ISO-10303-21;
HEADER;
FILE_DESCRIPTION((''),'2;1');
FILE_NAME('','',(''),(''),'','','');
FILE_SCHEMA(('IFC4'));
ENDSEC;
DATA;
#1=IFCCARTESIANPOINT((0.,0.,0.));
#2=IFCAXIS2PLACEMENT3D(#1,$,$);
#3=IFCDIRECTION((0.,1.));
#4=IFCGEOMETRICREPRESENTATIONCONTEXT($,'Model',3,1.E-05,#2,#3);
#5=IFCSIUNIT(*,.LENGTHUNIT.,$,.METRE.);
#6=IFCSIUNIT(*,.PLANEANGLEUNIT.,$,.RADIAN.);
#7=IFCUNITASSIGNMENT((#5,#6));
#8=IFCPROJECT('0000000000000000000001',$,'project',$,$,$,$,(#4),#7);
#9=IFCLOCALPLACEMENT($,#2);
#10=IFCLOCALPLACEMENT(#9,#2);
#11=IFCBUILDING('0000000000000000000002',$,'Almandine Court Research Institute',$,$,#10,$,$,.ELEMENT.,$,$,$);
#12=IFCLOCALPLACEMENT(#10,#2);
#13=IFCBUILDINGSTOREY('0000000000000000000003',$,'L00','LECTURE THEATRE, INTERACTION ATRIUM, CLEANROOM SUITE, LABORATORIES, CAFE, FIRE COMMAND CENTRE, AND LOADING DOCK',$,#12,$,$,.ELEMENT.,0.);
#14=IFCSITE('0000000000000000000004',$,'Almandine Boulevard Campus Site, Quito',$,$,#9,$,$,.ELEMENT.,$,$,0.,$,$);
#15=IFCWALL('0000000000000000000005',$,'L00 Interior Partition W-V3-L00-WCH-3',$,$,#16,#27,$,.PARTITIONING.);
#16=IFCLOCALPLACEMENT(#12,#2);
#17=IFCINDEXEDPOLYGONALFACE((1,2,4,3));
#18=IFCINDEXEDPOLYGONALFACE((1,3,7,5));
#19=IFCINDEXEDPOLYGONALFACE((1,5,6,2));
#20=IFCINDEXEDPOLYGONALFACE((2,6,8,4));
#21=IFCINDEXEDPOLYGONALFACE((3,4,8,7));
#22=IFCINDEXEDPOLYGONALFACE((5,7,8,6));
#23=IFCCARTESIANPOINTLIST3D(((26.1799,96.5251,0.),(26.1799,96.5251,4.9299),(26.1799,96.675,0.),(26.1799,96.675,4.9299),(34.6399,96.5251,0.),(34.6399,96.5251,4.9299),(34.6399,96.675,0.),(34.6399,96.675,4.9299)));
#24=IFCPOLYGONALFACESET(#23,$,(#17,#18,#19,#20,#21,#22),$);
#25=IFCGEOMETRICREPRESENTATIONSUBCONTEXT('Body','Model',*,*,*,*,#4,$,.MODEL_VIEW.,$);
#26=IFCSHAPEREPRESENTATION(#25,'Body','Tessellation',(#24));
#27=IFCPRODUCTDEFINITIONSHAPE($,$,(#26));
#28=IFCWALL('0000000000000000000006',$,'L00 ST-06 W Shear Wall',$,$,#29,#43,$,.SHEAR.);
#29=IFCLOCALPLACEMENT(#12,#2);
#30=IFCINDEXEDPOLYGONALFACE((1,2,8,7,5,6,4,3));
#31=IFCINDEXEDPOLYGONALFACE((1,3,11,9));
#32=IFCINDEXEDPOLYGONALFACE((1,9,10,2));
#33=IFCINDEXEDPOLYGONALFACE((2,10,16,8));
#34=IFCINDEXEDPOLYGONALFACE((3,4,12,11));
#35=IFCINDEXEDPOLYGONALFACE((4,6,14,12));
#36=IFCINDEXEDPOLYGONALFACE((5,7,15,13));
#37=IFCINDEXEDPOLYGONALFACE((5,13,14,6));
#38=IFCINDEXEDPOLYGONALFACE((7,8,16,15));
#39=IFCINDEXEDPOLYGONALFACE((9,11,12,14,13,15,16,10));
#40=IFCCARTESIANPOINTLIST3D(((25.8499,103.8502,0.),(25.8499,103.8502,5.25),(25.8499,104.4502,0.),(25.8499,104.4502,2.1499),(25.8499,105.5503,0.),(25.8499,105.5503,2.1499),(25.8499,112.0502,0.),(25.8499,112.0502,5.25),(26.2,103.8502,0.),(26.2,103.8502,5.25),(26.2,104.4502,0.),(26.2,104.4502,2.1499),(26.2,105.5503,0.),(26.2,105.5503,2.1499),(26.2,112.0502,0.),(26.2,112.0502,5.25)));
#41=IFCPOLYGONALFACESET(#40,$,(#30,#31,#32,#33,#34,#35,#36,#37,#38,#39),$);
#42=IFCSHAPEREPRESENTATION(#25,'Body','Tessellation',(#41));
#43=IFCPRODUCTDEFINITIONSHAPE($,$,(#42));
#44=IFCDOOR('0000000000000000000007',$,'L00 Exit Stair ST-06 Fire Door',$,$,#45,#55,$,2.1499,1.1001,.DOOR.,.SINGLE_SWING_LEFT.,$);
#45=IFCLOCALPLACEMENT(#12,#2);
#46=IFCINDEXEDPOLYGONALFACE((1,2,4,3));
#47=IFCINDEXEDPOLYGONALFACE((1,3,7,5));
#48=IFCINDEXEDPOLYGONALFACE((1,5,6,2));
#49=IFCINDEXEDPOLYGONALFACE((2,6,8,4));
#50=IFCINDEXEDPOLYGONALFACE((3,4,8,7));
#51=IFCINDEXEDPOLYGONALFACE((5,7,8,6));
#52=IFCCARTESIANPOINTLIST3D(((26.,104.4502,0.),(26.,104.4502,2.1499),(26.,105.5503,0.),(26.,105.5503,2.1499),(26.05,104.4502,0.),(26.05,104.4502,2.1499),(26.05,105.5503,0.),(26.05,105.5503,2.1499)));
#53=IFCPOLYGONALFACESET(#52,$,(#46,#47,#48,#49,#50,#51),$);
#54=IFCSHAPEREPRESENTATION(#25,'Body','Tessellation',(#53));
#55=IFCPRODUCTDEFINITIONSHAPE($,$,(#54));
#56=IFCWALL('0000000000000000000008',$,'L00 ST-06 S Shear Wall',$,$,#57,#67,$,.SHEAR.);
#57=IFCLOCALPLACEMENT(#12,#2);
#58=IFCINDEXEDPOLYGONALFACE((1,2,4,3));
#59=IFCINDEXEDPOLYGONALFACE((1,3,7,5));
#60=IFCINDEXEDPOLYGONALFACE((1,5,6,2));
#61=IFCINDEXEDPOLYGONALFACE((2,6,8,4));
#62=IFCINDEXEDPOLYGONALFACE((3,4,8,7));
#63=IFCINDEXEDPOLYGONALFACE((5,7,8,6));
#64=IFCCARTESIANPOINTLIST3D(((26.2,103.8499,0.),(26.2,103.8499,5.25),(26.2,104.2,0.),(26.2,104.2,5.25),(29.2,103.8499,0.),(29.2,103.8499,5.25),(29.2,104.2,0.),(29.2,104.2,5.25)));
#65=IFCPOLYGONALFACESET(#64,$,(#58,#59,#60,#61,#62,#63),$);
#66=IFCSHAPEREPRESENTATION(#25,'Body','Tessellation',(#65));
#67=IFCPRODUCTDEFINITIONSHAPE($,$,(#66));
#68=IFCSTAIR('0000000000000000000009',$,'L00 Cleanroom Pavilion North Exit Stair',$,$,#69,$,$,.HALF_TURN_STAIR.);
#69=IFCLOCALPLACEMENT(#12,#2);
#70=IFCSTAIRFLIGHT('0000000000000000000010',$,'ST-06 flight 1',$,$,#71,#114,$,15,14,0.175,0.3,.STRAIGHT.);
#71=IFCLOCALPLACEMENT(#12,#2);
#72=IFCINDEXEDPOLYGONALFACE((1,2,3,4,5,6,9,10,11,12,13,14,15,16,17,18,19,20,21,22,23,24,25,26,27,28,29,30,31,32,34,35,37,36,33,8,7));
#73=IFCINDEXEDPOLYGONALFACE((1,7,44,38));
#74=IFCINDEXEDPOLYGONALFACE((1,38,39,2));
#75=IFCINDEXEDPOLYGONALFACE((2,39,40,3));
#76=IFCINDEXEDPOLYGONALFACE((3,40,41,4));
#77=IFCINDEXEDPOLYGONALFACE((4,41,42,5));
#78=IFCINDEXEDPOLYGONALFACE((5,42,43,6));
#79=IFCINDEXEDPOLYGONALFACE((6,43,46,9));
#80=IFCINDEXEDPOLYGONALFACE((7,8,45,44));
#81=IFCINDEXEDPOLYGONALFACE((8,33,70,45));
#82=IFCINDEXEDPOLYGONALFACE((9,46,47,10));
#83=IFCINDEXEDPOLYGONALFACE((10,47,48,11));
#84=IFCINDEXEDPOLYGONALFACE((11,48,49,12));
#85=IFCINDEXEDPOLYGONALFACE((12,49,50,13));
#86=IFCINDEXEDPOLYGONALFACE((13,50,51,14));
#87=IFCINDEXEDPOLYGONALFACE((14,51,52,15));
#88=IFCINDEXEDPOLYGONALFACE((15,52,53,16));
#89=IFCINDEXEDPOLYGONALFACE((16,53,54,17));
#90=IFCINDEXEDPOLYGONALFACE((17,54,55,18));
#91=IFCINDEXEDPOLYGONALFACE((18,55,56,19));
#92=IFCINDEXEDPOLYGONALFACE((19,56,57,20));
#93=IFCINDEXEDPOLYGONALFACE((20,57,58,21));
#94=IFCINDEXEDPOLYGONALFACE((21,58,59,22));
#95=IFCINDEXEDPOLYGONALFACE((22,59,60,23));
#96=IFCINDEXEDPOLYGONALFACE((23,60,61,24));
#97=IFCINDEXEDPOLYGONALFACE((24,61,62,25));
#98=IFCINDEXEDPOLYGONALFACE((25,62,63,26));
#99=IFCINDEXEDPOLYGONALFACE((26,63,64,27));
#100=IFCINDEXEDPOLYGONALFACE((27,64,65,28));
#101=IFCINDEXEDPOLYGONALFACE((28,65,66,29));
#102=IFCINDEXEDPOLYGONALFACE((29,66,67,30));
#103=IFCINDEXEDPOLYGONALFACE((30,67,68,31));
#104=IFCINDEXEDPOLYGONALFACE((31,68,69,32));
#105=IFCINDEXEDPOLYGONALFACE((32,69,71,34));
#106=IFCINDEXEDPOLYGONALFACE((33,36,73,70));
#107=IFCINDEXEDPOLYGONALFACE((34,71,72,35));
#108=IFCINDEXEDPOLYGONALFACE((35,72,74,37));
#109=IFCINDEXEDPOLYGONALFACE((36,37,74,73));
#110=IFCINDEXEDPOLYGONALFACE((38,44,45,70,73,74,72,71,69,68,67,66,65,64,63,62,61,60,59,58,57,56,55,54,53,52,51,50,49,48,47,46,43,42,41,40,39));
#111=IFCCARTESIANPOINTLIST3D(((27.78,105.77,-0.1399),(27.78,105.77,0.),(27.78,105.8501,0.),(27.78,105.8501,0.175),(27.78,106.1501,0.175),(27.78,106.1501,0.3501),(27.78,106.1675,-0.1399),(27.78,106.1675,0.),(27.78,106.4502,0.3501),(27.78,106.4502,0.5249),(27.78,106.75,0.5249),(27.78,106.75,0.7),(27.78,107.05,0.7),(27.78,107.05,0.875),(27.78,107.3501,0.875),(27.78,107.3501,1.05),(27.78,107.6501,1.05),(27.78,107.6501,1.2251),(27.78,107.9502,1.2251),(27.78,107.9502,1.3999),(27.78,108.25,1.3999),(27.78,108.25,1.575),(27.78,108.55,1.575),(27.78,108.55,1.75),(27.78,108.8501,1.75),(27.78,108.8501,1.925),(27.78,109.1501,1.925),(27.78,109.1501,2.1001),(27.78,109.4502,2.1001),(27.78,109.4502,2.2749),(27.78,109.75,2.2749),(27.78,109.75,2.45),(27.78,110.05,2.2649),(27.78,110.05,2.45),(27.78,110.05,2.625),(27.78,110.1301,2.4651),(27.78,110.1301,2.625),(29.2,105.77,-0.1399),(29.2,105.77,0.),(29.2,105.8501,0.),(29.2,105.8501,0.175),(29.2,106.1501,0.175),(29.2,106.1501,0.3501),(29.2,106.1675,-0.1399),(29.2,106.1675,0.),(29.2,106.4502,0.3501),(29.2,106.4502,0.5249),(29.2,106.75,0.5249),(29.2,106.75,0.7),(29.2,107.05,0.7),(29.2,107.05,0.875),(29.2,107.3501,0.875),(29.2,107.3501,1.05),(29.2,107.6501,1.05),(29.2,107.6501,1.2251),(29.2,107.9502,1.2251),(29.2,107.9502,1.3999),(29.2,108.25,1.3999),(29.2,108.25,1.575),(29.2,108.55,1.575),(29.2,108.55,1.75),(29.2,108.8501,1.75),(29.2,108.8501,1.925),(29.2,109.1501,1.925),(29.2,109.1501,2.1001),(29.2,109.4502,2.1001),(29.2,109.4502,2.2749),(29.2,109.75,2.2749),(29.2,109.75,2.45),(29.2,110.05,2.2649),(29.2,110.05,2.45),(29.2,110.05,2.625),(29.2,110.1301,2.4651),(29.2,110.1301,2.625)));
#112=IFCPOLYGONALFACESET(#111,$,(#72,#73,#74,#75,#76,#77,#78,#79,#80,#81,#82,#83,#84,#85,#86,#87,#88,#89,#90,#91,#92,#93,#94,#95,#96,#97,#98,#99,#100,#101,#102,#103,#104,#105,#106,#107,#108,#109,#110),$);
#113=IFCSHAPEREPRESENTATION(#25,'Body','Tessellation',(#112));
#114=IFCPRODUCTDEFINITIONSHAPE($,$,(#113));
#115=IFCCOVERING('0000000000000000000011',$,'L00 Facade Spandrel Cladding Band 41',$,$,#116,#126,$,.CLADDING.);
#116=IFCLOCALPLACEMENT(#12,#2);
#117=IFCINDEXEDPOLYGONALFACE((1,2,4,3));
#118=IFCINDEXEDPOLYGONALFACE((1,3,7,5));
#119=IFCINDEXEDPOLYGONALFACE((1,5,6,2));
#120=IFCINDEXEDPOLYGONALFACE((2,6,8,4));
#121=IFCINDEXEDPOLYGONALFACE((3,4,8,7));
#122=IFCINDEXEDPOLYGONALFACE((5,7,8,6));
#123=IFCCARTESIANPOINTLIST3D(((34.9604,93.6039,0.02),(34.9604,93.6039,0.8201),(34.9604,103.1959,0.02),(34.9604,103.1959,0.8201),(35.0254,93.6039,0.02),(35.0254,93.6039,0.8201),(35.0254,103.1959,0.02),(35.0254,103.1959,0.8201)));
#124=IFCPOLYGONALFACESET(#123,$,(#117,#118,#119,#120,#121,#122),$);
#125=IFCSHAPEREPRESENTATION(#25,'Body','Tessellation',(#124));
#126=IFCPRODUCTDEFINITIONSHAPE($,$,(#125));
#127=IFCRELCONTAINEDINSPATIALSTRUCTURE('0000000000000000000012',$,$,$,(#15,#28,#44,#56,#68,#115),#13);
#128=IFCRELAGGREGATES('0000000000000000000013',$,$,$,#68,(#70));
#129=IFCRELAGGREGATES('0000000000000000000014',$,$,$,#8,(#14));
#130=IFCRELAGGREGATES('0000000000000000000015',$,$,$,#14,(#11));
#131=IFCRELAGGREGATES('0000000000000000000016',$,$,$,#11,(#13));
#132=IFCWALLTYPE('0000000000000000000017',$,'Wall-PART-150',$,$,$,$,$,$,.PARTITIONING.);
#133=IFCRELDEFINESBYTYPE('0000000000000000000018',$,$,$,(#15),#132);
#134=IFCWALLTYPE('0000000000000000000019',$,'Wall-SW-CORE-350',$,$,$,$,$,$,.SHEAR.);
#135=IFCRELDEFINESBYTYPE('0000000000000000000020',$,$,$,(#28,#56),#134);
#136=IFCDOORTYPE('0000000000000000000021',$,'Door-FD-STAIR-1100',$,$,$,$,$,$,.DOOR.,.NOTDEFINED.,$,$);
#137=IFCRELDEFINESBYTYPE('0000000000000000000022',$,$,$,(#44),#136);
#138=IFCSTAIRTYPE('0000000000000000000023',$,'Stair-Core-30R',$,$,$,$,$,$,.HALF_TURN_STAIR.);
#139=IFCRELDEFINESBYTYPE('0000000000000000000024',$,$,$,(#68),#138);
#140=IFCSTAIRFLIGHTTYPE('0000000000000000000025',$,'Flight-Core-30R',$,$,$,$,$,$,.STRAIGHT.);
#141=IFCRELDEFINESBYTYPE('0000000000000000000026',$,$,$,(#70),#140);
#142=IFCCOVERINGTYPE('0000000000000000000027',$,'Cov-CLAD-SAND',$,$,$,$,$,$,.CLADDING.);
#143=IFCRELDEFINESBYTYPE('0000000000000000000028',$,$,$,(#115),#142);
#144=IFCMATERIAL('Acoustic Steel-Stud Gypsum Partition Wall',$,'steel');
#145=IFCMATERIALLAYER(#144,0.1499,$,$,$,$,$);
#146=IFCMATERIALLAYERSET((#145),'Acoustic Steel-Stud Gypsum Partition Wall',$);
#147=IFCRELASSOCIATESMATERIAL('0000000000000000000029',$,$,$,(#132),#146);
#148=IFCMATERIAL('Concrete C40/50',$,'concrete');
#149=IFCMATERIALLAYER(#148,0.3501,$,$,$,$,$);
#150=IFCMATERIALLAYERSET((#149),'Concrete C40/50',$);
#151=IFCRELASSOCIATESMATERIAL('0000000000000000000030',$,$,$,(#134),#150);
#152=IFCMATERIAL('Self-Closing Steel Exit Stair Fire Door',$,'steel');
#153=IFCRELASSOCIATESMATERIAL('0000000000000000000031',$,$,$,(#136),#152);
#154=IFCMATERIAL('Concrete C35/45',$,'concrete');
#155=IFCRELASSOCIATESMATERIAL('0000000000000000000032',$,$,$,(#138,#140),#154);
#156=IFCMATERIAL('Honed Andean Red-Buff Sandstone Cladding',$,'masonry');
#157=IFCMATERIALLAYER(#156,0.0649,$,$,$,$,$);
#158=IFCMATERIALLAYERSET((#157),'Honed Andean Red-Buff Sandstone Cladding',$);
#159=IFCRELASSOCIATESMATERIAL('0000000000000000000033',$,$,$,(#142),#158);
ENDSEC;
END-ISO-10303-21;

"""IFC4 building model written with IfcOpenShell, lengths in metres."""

from ifc_helpers import new_model, si_unit, direction, frame, frame_2d, origin, origin_2d, place, context, subcontext, project, spatial, polyline, rectangle, outline, extrude, material, layer, layer_set, type_object, element, fill, aggregate, save


model = new_model("IFC4")

# Units and contexts
model_context = context("Model", 3, precision=1e-05, world=origin(), true_north=direction((0.0, 1.0)))
body_context = subcontext(model_context, "Body", "Model", "MODEL_VIEW")
ifc_project = project(units=[si_unit("LENGTHUNIT", "METRE"), si_unit("PLANEANGLEUNIT", "RADIAN")], contexts=[model_context])

# Site, building, storey
site_placement = place(None, origin())
site = spatial("IfcSite", under=ifc_project, at=site_placement, Name="Almandine Boulevard Campus Site, Quito", CompositionType="ELEMENT", RefElevation=0.0)
building_placement = place(site_placement, origin())
building = spatial("IfcBuilding", under=site, at=building_placement, Name="Almandine Court Research Institute", CompositionType="ELEMENT")
storey_placement = place(building_placement, origin())
storey = spatial("IfcBuildingStorey", under=building, at=storey_placement, Name="L00", Description="LECTURE THEATRE, INTERACTION ATRIUM, CLEANROOM SUITE, LABORATORIES, CAFE, FIRE COMMAND CENTRE, AND LOADING DOCK", CompositionType="ELEMENT", Elevation=0.0)

# Wall
ifc_material_1 = material(Name="Acoustic Steel-Stud Gypsum Partition Wall", Category="steel")
ifc_layer_1 = layer(ifc_material_1, 0.1499)
ifc_layer_set_1 = layer_set([ifc_layer_1], Name="Acoustic Steel-Stud Gypsum Partition Wall")
wall_type_1 = type_object("IfcWallType", Name="Wall-PART-150", PredefinedType="PARTITIONING", material=ifc_layer_set_1)
for number, where, z_axis, x_axis, name in (
    (1, (26.1799, 96.6001, 0.0), (0.0, 0.0, 1.0), (1.0, 0.0, 0.0), "L00 Interior Partition W-V3-L00-WCH-3"),
):
    element("IfcWall", number, at=place(storey_placement, frame(where, z_axis=z_axis, x_axis=x_axis)), inside=storey, type_object=wall_type_1, Name=name, PredefinedType="PARTITIONING", context=body_context, shape_type="SweptSolid", body=[
        extrude(rectangle(XDim=8.46, YDim=0.1499, at=frame_2d((4.23, 0.0))), origin(), (0.0, 0.0, 1.0), 4.9299),
    ])

# Wall, opening, door
ifc_material_2 = material(Name="Concrete C40/50", Category="concrete")
ifc_layer_2 = layer(ifc_material_2, 0.3501)
ifc_layer_set_2 = layer_set([ifc_layer_2], Name="Concrete C40/50")
wall_type_2 = type_object("IfcWallType", Name="Wall-SW-CORE-350", PredefinedType="SHEAR", material=ifc_layer_set_2)
wall_1_placement = place(storey_placement, frame((26.0249, 103.8501, 0.0), z_axis=(0.0, 0.0, 1.0), x_axis=(0.0, 1.0, 0.0)))
wall_1 = element("IfcWall", 2, at=wall_1_placement, inside=storey, type_object=wall_type_2, Name="L00 ST-06 W Shear Wall", PredefinedType="SHEAR", context=body_context, shape_type="SweptSolid", body=[
    extrude(rectangle(XDim=8.2, YDim=0.3501, at=frame_2d((4.1001, 0.0))), origin(), (0.0, 0.0, 1.0), 5.25),
])
opening_1_placement = place(wall_1_placement, frame((0.6001, 0.0, 0.0)))
opening_1 = element("IfcOpeningElement", 3, at=opening_1_placement, cuts=wall_1, PredefinedType="OPENING", context=body_context, shape_type="SweptSolid", body=[
    extrude(rectangle(XDim=1.1001, YDim=2.1499, at=frame_2d((0.55, 1.075))), frame((0.0, 0.1851, 0.0), z_axis=(0.0, -1.0, 0.0), x_axis=(1.0, 0.0, 0.0)), (0.0, 0.0, 1.0), 0.3701),
])
ifc_material_3 = material(Name="Self-Closing Steel Exit Stair Fire Door", Category="steel")
door_type_1 = type_object("IfcDoorType", Name="Door-FD-STAIR-1100", OperationType="NOTDEFINED", PredefinedType="DOOR", material=ifc_material_3)
door_1_placement = place(opening_1_placement, origin())
door_1 = element("IfcDoor", 4, at=door_1_placement, inside=storey, type_object=door_type_1, Name="L00 Exit Stair ST-06 Fire Door", OperationType="SINGLE_SWING_LEFT", OverallHeight=2.1499, OverallWidth=1.1001, PredefinedType="DOOR", context=body_context, shape_type="SweptSolid", body=[
    extrude(rectangle(XDim=1.1001, YDim=2.1499, at=frame_2d((0.55, 1.075))), frame((0.0, 0.0249, 0.0), z_axis=(0.0, -1.0, 0.0), x_axis=(1.0, 0.0, 0.0)), (0.0, 0.0, 1.0), 0.05),
])
fill(opening_1, door_1)

# Wall
wall_2_placement = place(storey_placement, frame((29.2, 104.0249, 0.0), z_axis=(0.0, 0.0, 1.0), x_axis=(-1.0, 0.0, 0.0)))
element("IfcWall", 5, at=wall_2_placement, inside=storey, type_object=wall_type_2, Name="L00 ST-06 S Shear Wall", PredefinedType="SHEAR", context=body_context, shape_type="SweptSolid", body=[
    extrude(rectangle(XDim=3.0, YDim=0.3501, at=frame_2d((1.5, 0.0))), origin(), (0.0, 0.0, 1.0), 5.25),
])

# Stair, stair flight
ifc_material_4 = material(Name="Concrete C35/45", Category="concrete")
stair_type = type_object("IfcStairType", Name="Stair-Core-30R", PredefinedType="HALF_TURN_STAIR", material=ifc_material_4)
stair_placement = place(storey_placement, origin())
stair = element("IfcStair", 6, at=stair_placement, inside=storey, type_object=stair_type, Name="L00 Cleanroom Pavilion North Exit Stair", PredefinedType="HALF_TURN_STAIR")
stair_flight_type = type_object("IfcStairFlightType", Name="Flight-Core-30R", PredefinedType="STRAIGHT", material=ifc_material_4)
stair_flight_placement = place(storey_placement, frame((28.49, 105.8501, 0.0), z_axis=(0.0, 0.0, 1.0), x_axis=(0.0, 1.0, 0.0)))
stair_flight = element("IfcStairFlight", 7, at=stair_flight_placement, type_object=stair_flight_type, Name="ST-06 flight 1", NumberOfRisers=15, NumberOfTreads=14, PredefinedType="STRAIGHT", RiserHeight=0.175, TreadLength=0.3, context=body_context, shape_type="SweptSolid", body=[
    extrude(outline(polyline([(-0.0801, -0.1399), (-0.0801, 0.0), (0.0, 0.0), (0.0, 0.175), (0.3, 0.175), (0.3, 0.3501), (0.6001, 0.3501), (0.6001, 0.5249), (0.8999, 0.5249), (0.8999, 0.7), (1.2, 0.7), (1.2, 0.875), (1.5, 0.875), (1.5, 1.05), (1.8, 1.05), (1.8, 1.2251), (2.1001, 1.2251), (2.1001, 1.3999), (2.3999, 1.3999), (2.3999, 1.575), (2.7, 1.575), (2.7, 1.75), (3.0, 1.75), (3.0, 1.925), (3.3, 1.925), (3.3, 2.1001), (3.6001, 2.1001), (3.6001, 2.2749), (3.8999, 2.2749), (3.8999, 2.45), (4.2, 2.45), (4.2, 2.625), (4.28, 2.625), (4.28, 2.4651), (4.2, 2.2649), (0.3174, 0.0), (0.3174, -0.1399), (-0.0801, -0.1399)])), frame((0.0, 0.71, 0.0), z_axis=(0.0, -1.0, 0.0), x_axis=(1.0, 0.0, 0.0)), (0.0, 0.0, 1.0), 1.4199),
])
aggregate(stair, [stair_flight])

# Covering
ifc_material_5 = material(Name="Honed Andean Red-Buff Sandstone Cladding", Category="masonry")
ifc_layer_3 = layer(ifc_material_5, 0.0649)
ifc_layer_set_3 = layer_set([ifc_layer_3], Name="Honed Andean Red-Buff Sandstone Cladding")
covering_type = type_object("IfcCoveringType", Name="Cov-CLAD-SAND", PredefinedType="CLADDING", material=ifc_layer_set_3)
covering_placement = place(storey_placement, frame((34.9929, 98.3999, 0.02), z_axis=(0.0, 0.0, 1.0), x_axis=(0.0, -1.0, 0.0)))
element("IfcCovering", 8, at=covering_placement, inside=storey, type_object=covering_type, Name="L00 Facade Spandrel Cladding Band 41", PredefinedType="CLADDING", context=body_context, shape_type="SweptSolid", body=[
    extrude(rectangle(XDim=9.592, YDim=0.0649, at=origin_2d()), origin(), (0.0, 0.0, 1.0), 0.8),
])

save(model, "model.ifc")
